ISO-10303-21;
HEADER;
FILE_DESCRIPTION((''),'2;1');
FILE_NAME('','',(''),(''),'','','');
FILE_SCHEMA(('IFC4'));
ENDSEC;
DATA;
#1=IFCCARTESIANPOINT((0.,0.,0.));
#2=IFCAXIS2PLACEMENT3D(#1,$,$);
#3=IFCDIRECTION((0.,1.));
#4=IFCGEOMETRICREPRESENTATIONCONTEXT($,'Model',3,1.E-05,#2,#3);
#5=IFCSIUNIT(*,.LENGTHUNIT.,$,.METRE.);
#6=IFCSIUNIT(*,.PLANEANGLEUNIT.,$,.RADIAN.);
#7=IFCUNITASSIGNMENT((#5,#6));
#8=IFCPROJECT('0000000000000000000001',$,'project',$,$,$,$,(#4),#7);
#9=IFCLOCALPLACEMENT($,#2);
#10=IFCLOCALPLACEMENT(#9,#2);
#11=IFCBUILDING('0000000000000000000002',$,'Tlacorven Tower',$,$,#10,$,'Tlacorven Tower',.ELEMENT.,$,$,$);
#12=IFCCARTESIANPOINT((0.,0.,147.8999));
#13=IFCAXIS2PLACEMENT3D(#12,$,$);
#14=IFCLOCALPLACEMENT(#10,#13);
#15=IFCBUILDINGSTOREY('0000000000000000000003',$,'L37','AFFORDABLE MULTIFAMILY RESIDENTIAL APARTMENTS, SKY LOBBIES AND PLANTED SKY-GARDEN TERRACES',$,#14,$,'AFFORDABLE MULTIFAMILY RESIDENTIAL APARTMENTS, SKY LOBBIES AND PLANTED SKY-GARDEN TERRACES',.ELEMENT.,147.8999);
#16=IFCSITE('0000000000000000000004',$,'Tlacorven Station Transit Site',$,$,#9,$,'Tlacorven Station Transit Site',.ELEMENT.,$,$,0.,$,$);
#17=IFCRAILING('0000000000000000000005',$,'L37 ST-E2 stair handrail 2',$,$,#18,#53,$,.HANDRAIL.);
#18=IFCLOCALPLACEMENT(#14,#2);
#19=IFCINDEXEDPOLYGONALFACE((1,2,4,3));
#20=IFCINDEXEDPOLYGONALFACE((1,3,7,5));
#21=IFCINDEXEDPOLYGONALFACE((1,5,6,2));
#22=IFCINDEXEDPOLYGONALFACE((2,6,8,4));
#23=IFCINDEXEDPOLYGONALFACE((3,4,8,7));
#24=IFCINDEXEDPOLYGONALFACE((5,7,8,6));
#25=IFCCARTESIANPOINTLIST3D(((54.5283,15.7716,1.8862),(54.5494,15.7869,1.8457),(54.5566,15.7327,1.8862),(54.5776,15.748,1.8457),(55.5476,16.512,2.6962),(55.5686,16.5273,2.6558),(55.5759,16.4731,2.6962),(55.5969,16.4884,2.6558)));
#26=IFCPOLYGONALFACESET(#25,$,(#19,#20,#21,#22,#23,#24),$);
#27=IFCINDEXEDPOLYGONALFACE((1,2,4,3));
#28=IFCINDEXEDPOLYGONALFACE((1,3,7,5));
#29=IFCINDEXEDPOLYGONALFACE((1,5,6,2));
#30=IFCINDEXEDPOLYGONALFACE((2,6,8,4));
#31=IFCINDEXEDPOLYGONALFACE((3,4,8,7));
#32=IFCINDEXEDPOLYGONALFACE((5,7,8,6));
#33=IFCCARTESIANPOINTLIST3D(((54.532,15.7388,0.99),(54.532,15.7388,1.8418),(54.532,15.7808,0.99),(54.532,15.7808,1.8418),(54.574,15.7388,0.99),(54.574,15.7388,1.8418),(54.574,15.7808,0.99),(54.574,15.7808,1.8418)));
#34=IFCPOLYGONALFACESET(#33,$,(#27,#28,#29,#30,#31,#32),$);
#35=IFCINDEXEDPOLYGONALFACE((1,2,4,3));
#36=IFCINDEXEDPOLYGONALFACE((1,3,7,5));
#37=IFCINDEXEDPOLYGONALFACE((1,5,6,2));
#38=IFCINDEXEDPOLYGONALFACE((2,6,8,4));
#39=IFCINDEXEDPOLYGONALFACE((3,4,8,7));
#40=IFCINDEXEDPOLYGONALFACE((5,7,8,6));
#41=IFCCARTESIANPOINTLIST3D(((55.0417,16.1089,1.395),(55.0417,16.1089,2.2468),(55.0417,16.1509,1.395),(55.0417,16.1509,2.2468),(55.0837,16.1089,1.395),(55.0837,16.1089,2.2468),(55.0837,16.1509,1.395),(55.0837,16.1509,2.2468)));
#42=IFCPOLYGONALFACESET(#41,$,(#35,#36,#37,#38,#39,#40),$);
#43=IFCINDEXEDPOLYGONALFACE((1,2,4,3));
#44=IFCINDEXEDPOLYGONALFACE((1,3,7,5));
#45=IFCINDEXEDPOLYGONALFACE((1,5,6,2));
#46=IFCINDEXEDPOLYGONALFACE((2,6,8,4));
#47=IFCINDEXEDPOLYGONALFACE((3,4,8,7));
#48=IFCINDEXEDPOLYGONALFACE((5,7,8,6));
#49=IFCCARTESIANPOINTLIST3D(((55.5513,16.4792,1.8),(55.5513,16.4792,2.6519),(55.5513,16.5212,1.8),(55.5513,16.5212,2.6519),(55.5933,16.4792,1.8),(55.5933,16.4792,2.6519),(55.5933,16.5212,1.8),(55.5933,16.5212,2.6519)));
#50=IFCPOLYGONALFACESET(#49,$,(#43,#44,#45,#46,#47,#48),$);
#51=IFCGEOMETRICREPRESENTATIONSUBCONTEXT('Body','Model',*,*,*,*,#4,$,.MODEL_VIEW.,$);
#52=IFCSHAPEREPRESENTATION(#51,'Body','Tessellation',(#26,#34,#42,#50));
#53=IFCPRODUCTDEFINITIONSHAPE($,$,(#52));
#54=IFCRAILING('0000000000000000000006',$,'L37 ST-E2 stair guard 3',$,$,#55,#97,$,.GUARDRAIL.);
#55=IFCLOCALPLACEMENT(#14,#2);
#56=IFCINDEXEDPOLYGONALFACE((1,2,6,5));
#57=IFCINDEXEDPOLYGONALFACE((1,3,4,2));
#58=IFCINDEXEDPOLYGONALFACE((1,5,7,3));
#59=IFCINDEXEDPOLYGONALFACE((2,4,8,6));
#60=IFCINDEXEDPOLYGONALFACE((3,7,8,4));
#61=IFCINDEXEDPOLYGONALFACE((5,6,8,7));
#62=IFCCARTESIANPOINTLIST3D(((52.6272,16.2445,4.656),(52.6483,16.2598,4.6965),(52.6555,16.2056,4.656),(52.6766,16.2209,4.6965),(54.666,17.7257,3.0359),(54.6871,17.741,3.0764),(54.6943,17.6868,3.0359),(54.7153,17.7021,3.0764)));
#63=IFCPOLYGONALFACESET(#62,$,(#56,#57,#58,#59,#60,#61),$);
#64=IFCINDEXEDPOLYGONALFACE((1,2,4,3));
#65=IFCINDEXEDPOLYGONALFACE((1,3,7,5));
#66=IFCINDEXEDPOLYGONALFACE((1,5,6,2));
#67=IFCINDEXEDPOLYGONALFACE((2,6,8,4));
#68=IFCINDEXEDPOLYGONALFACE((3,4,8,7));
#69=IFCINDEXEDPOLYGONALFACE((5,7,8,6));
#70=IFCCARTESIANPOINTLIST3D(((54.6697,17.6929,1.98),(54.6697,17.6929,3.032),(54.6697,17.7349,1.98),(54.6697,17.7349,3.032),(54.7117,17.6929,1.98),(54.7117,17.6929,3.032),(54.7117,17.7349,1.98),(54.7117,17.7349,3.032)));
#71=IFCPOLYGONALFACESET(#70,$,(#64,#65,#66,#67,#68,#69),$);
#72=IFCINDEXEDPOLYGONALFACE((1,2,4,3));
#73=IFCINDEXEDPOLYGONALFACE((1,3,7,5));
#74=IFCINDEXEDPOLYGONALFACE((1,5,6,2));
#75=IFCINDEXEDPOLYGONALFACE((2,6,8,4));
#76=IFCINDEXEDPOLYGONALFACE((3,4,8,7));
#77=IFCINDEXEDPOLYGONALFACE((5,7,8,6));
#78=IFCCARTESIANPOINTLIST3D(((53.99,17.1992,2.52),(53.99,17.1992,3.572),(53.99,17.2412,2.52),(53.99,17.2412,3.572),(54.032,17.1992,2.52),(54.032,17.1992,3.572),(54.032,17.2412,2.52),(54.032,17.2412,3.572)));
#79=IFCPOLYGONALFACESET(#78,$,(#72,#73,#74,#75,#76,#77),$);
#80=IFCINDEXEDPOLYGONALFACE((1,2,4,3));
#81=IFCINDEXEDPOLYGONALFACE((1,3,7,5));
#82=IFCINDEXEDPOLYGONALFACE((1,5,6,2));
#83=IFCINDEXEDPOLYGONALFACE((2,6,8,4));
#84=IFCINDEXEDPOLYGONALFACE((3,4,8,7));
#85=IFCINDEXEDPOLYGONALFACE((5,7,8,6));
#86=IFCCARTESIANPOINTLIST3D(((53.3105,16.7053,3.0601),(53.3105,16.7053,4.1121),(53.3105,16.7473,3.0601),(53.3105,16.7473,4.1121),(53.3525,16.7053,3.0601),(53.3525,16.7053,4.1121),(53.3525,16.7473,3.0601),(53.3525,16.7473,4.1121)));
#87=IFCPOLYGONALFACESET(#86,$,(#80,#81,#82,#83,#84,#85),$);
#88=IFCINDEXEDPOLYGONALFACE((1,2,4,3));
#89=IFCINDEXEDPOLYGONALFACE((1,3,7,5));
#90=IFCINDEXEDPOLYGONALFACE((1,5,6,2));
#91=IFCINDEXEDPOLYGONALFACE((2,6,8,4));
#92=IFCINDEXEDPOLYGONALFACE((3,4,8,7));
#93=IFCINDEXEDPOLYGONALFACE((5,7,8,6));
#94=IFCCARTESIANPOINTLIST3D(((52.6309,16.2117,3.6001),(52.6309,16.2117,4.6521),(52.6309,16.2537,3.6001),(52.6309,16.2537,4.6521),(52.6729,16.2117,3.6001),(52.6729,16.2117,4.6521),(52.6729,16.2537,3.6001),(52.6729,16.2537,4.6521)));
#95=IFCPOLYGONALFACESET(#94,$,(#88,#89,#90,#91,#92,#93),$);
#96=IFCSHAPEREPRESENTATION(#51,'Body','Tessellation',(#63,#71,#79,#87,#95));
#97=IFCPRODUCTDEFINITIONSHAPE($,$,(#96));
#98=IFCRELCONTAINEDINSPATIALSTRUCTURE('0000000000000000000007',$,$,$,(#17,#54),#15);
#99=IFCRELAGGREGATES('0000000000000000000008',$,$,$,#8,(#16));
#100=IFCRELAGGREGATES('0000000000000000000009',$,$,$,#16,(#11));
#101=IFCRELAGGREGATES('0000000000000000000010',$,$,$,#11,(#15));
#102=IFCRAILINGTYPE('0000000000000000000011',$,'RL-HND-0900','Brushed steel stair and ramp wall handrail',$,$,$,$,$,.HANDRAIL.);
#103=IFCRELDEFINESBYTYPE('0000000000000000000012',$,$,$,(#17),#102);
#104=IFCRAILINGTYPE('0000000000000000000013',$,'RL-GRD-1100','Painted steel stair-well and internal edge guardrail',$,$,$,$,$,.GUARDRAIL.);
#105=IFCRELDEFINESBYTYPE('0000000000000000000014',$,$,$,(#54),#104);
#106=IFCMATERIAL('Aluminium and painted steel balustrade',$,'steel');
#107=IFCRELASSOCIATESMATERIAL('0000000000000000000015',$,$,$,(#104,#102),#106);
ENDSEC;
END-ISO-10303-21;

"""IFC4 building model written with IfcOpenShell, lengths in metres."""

from ifc_helpers import new_model, si_unit, direction, frame, origin, origin_2d, place, context, subcontext, project, spatial, rectangle, extrude, source, transform, mapped, material, type_object, element, save


model = new_model("IFC4")

# Units and contexts
model_context = context("Model", 3, precision=1e-05, world=origin(), true_north=direction((0.0, 1.0)))
body_context = subcontext(model_context, "Body", "Model", "MODEL_VIEW")
ifc_project = project(units=[si_unit("LENGTHUNIT", "METRE"), si_unit("PLANEANGLEUNIT", "RADIAN")], contexts=[model_context])

# Site, building, storey
site_placement = place(None, origin())
site = spatial("IfcSite", under=ifc_project, at=site_placement, Name="Tlacorven Station Transit Site", LongName="Tlacorven Station Transit Site", CompositionType="ELEMENT", RefElevation=0.0)
building_placement = place(site_placement, origin())
building = spatial("IfcBuilding", under=site, at=building_placement, Name="Tlacorven Tower", LongName="Tlacorven Tower", CompositionType="ELEMENT")
storey_placement = place(building_placement, frame((0.0, 0.0, 147.8999)))
storey = spatial("IfcBuildingStorey", under=building, at=storey_placement, Name="L37", Description="AFFORDABLE MULTIFAMILY RESIDENTIAL APARTMENTS, SKY LOBBIES AND PLANTED SKY-GARDEN TERRACES", LongName="AFFORDABLE MULTIFAMILY RESIDENTIAL APARTMENTS, SKY LOBBIES AND PLANTED SKY-GARDEN TERRACES", CompositionType="ELEMENT", Elevation=147.8999)

# Railings
ifc_material_1 = material(Name="Aluminium and painted steel balustrade", Category="steel")
railing_type_1 = type_object("IfcRailingType", Name="RL-GRD-1100", Description="Painted steel stair-well and internal edge guardrail", PredefinedType="GUARDRAIL", material=ifc_material_1)
railing_type_2 = type_object("IfcRailingType", Name="RL-HND-0900", Description="Brushed steel stair and ramp wall handrail", PredefinedType="HANDRAIL", material=ifc_material_1)
shared_shape_1 = source(origin(), body_context, "Body", "SweptSolid", [
    extrude(rectangle(XDim=0.0481, YDim=0.0481, at=origin_2d()), frame((0.0, 0.0, 0.876), z_axis=(0.680516, 0.494373, 0.540827), x_axis=(-0.587745, 0.809046, 0.0)), (0.0, 0.0, 1.0), 1.4978),
    extrude(rectangle(XDim=0.042, YDim=0.042, at=origin_2d()), origin(), (0.0, 0.0, 1.0), 0.8518),
    extrude(rectangle(XDim=0.042, YDim=0.042, at=origin_2d()), frame((0.5098, 0.3701, 0.405)), (0.0, 0.0, 1.0), 0.8518),
    extrude(rectangle(XDim=0.042, YDim=0.042, at=origin_2d()), frame((1.0193, 0.7405, 0.8101)), (0.0, 0.0, 1.0), 0.8518),
])
railing_1_placement = place(storey_placement, frame((54.553, 15.7598, 0.99)))
element("IfcRailing", 1, at=railing_1_placement, inside=storey, type_object=railing_type_2, Name="L37 ST-E2 stair handrail 2", PredefinedType="HANDRAIL", context=body_context, shape_type="MappedRepresentation", body=[
    mapped(shared_shape_1, transform((0.0, 0.0, 0.0), scale=1.0)),
])
shared_shape_2 = source(origin(), body_context, "Body", "SweptSolid", [
    extrude(rectangle(XDim=0.0481, YDim=0.0481, at=origin_2d()), frame((0.0, 0.0, 1.0762), z_axis=(-0.680532, -0.494407, 0.540775), x_axis=(0.587763, -0.809033, 0.0)), (0.0, 0.0, 1.0), 2.9958),
    extrude(rectangle(XDim=0.042, YDim=0.042, at=origin_2d()), origin(), (0.0, 0.0, 1.0), 1.052),
    extrude(rectangle(XDim=0.042, YDim=0.042, at=origin_2d()), frame((-0.6797, -0.4937, 0.54)), (0.0, 0.0, 1.0), 1.052),
    extrude(rectangle(XDim=0.042, YDim=0.042, at=origin_2d()), frame((-1.3591, -0.9875, 1.0801)), (0.0, 0.0, 1.0), 1.052),
    extrude(rectangle(XDim=0.042, YDim=0.042, at=origin_2d()), frame((-2.0388, -1.4812, 1.6201)), (0.0, 0.0, 1.0), 1.052),
])
railing_2_placement = place(storey_placement, frame((54.6907, 17.7139, 1.98)))
element("IfcRailing", 2, at=railing_2_placement, inside=storey, type_object=railing_type_1, Name="L37 ST-E2 stair guard 3", PredefinedType="GUARDRAIL", context=body_context, shape_type="MappedRepresentation", body=[
    mapped(shared_shape_2, transform((0.0, 0.0, 0.0), scale=1.0)),
])

save(model, "model.ifc")
